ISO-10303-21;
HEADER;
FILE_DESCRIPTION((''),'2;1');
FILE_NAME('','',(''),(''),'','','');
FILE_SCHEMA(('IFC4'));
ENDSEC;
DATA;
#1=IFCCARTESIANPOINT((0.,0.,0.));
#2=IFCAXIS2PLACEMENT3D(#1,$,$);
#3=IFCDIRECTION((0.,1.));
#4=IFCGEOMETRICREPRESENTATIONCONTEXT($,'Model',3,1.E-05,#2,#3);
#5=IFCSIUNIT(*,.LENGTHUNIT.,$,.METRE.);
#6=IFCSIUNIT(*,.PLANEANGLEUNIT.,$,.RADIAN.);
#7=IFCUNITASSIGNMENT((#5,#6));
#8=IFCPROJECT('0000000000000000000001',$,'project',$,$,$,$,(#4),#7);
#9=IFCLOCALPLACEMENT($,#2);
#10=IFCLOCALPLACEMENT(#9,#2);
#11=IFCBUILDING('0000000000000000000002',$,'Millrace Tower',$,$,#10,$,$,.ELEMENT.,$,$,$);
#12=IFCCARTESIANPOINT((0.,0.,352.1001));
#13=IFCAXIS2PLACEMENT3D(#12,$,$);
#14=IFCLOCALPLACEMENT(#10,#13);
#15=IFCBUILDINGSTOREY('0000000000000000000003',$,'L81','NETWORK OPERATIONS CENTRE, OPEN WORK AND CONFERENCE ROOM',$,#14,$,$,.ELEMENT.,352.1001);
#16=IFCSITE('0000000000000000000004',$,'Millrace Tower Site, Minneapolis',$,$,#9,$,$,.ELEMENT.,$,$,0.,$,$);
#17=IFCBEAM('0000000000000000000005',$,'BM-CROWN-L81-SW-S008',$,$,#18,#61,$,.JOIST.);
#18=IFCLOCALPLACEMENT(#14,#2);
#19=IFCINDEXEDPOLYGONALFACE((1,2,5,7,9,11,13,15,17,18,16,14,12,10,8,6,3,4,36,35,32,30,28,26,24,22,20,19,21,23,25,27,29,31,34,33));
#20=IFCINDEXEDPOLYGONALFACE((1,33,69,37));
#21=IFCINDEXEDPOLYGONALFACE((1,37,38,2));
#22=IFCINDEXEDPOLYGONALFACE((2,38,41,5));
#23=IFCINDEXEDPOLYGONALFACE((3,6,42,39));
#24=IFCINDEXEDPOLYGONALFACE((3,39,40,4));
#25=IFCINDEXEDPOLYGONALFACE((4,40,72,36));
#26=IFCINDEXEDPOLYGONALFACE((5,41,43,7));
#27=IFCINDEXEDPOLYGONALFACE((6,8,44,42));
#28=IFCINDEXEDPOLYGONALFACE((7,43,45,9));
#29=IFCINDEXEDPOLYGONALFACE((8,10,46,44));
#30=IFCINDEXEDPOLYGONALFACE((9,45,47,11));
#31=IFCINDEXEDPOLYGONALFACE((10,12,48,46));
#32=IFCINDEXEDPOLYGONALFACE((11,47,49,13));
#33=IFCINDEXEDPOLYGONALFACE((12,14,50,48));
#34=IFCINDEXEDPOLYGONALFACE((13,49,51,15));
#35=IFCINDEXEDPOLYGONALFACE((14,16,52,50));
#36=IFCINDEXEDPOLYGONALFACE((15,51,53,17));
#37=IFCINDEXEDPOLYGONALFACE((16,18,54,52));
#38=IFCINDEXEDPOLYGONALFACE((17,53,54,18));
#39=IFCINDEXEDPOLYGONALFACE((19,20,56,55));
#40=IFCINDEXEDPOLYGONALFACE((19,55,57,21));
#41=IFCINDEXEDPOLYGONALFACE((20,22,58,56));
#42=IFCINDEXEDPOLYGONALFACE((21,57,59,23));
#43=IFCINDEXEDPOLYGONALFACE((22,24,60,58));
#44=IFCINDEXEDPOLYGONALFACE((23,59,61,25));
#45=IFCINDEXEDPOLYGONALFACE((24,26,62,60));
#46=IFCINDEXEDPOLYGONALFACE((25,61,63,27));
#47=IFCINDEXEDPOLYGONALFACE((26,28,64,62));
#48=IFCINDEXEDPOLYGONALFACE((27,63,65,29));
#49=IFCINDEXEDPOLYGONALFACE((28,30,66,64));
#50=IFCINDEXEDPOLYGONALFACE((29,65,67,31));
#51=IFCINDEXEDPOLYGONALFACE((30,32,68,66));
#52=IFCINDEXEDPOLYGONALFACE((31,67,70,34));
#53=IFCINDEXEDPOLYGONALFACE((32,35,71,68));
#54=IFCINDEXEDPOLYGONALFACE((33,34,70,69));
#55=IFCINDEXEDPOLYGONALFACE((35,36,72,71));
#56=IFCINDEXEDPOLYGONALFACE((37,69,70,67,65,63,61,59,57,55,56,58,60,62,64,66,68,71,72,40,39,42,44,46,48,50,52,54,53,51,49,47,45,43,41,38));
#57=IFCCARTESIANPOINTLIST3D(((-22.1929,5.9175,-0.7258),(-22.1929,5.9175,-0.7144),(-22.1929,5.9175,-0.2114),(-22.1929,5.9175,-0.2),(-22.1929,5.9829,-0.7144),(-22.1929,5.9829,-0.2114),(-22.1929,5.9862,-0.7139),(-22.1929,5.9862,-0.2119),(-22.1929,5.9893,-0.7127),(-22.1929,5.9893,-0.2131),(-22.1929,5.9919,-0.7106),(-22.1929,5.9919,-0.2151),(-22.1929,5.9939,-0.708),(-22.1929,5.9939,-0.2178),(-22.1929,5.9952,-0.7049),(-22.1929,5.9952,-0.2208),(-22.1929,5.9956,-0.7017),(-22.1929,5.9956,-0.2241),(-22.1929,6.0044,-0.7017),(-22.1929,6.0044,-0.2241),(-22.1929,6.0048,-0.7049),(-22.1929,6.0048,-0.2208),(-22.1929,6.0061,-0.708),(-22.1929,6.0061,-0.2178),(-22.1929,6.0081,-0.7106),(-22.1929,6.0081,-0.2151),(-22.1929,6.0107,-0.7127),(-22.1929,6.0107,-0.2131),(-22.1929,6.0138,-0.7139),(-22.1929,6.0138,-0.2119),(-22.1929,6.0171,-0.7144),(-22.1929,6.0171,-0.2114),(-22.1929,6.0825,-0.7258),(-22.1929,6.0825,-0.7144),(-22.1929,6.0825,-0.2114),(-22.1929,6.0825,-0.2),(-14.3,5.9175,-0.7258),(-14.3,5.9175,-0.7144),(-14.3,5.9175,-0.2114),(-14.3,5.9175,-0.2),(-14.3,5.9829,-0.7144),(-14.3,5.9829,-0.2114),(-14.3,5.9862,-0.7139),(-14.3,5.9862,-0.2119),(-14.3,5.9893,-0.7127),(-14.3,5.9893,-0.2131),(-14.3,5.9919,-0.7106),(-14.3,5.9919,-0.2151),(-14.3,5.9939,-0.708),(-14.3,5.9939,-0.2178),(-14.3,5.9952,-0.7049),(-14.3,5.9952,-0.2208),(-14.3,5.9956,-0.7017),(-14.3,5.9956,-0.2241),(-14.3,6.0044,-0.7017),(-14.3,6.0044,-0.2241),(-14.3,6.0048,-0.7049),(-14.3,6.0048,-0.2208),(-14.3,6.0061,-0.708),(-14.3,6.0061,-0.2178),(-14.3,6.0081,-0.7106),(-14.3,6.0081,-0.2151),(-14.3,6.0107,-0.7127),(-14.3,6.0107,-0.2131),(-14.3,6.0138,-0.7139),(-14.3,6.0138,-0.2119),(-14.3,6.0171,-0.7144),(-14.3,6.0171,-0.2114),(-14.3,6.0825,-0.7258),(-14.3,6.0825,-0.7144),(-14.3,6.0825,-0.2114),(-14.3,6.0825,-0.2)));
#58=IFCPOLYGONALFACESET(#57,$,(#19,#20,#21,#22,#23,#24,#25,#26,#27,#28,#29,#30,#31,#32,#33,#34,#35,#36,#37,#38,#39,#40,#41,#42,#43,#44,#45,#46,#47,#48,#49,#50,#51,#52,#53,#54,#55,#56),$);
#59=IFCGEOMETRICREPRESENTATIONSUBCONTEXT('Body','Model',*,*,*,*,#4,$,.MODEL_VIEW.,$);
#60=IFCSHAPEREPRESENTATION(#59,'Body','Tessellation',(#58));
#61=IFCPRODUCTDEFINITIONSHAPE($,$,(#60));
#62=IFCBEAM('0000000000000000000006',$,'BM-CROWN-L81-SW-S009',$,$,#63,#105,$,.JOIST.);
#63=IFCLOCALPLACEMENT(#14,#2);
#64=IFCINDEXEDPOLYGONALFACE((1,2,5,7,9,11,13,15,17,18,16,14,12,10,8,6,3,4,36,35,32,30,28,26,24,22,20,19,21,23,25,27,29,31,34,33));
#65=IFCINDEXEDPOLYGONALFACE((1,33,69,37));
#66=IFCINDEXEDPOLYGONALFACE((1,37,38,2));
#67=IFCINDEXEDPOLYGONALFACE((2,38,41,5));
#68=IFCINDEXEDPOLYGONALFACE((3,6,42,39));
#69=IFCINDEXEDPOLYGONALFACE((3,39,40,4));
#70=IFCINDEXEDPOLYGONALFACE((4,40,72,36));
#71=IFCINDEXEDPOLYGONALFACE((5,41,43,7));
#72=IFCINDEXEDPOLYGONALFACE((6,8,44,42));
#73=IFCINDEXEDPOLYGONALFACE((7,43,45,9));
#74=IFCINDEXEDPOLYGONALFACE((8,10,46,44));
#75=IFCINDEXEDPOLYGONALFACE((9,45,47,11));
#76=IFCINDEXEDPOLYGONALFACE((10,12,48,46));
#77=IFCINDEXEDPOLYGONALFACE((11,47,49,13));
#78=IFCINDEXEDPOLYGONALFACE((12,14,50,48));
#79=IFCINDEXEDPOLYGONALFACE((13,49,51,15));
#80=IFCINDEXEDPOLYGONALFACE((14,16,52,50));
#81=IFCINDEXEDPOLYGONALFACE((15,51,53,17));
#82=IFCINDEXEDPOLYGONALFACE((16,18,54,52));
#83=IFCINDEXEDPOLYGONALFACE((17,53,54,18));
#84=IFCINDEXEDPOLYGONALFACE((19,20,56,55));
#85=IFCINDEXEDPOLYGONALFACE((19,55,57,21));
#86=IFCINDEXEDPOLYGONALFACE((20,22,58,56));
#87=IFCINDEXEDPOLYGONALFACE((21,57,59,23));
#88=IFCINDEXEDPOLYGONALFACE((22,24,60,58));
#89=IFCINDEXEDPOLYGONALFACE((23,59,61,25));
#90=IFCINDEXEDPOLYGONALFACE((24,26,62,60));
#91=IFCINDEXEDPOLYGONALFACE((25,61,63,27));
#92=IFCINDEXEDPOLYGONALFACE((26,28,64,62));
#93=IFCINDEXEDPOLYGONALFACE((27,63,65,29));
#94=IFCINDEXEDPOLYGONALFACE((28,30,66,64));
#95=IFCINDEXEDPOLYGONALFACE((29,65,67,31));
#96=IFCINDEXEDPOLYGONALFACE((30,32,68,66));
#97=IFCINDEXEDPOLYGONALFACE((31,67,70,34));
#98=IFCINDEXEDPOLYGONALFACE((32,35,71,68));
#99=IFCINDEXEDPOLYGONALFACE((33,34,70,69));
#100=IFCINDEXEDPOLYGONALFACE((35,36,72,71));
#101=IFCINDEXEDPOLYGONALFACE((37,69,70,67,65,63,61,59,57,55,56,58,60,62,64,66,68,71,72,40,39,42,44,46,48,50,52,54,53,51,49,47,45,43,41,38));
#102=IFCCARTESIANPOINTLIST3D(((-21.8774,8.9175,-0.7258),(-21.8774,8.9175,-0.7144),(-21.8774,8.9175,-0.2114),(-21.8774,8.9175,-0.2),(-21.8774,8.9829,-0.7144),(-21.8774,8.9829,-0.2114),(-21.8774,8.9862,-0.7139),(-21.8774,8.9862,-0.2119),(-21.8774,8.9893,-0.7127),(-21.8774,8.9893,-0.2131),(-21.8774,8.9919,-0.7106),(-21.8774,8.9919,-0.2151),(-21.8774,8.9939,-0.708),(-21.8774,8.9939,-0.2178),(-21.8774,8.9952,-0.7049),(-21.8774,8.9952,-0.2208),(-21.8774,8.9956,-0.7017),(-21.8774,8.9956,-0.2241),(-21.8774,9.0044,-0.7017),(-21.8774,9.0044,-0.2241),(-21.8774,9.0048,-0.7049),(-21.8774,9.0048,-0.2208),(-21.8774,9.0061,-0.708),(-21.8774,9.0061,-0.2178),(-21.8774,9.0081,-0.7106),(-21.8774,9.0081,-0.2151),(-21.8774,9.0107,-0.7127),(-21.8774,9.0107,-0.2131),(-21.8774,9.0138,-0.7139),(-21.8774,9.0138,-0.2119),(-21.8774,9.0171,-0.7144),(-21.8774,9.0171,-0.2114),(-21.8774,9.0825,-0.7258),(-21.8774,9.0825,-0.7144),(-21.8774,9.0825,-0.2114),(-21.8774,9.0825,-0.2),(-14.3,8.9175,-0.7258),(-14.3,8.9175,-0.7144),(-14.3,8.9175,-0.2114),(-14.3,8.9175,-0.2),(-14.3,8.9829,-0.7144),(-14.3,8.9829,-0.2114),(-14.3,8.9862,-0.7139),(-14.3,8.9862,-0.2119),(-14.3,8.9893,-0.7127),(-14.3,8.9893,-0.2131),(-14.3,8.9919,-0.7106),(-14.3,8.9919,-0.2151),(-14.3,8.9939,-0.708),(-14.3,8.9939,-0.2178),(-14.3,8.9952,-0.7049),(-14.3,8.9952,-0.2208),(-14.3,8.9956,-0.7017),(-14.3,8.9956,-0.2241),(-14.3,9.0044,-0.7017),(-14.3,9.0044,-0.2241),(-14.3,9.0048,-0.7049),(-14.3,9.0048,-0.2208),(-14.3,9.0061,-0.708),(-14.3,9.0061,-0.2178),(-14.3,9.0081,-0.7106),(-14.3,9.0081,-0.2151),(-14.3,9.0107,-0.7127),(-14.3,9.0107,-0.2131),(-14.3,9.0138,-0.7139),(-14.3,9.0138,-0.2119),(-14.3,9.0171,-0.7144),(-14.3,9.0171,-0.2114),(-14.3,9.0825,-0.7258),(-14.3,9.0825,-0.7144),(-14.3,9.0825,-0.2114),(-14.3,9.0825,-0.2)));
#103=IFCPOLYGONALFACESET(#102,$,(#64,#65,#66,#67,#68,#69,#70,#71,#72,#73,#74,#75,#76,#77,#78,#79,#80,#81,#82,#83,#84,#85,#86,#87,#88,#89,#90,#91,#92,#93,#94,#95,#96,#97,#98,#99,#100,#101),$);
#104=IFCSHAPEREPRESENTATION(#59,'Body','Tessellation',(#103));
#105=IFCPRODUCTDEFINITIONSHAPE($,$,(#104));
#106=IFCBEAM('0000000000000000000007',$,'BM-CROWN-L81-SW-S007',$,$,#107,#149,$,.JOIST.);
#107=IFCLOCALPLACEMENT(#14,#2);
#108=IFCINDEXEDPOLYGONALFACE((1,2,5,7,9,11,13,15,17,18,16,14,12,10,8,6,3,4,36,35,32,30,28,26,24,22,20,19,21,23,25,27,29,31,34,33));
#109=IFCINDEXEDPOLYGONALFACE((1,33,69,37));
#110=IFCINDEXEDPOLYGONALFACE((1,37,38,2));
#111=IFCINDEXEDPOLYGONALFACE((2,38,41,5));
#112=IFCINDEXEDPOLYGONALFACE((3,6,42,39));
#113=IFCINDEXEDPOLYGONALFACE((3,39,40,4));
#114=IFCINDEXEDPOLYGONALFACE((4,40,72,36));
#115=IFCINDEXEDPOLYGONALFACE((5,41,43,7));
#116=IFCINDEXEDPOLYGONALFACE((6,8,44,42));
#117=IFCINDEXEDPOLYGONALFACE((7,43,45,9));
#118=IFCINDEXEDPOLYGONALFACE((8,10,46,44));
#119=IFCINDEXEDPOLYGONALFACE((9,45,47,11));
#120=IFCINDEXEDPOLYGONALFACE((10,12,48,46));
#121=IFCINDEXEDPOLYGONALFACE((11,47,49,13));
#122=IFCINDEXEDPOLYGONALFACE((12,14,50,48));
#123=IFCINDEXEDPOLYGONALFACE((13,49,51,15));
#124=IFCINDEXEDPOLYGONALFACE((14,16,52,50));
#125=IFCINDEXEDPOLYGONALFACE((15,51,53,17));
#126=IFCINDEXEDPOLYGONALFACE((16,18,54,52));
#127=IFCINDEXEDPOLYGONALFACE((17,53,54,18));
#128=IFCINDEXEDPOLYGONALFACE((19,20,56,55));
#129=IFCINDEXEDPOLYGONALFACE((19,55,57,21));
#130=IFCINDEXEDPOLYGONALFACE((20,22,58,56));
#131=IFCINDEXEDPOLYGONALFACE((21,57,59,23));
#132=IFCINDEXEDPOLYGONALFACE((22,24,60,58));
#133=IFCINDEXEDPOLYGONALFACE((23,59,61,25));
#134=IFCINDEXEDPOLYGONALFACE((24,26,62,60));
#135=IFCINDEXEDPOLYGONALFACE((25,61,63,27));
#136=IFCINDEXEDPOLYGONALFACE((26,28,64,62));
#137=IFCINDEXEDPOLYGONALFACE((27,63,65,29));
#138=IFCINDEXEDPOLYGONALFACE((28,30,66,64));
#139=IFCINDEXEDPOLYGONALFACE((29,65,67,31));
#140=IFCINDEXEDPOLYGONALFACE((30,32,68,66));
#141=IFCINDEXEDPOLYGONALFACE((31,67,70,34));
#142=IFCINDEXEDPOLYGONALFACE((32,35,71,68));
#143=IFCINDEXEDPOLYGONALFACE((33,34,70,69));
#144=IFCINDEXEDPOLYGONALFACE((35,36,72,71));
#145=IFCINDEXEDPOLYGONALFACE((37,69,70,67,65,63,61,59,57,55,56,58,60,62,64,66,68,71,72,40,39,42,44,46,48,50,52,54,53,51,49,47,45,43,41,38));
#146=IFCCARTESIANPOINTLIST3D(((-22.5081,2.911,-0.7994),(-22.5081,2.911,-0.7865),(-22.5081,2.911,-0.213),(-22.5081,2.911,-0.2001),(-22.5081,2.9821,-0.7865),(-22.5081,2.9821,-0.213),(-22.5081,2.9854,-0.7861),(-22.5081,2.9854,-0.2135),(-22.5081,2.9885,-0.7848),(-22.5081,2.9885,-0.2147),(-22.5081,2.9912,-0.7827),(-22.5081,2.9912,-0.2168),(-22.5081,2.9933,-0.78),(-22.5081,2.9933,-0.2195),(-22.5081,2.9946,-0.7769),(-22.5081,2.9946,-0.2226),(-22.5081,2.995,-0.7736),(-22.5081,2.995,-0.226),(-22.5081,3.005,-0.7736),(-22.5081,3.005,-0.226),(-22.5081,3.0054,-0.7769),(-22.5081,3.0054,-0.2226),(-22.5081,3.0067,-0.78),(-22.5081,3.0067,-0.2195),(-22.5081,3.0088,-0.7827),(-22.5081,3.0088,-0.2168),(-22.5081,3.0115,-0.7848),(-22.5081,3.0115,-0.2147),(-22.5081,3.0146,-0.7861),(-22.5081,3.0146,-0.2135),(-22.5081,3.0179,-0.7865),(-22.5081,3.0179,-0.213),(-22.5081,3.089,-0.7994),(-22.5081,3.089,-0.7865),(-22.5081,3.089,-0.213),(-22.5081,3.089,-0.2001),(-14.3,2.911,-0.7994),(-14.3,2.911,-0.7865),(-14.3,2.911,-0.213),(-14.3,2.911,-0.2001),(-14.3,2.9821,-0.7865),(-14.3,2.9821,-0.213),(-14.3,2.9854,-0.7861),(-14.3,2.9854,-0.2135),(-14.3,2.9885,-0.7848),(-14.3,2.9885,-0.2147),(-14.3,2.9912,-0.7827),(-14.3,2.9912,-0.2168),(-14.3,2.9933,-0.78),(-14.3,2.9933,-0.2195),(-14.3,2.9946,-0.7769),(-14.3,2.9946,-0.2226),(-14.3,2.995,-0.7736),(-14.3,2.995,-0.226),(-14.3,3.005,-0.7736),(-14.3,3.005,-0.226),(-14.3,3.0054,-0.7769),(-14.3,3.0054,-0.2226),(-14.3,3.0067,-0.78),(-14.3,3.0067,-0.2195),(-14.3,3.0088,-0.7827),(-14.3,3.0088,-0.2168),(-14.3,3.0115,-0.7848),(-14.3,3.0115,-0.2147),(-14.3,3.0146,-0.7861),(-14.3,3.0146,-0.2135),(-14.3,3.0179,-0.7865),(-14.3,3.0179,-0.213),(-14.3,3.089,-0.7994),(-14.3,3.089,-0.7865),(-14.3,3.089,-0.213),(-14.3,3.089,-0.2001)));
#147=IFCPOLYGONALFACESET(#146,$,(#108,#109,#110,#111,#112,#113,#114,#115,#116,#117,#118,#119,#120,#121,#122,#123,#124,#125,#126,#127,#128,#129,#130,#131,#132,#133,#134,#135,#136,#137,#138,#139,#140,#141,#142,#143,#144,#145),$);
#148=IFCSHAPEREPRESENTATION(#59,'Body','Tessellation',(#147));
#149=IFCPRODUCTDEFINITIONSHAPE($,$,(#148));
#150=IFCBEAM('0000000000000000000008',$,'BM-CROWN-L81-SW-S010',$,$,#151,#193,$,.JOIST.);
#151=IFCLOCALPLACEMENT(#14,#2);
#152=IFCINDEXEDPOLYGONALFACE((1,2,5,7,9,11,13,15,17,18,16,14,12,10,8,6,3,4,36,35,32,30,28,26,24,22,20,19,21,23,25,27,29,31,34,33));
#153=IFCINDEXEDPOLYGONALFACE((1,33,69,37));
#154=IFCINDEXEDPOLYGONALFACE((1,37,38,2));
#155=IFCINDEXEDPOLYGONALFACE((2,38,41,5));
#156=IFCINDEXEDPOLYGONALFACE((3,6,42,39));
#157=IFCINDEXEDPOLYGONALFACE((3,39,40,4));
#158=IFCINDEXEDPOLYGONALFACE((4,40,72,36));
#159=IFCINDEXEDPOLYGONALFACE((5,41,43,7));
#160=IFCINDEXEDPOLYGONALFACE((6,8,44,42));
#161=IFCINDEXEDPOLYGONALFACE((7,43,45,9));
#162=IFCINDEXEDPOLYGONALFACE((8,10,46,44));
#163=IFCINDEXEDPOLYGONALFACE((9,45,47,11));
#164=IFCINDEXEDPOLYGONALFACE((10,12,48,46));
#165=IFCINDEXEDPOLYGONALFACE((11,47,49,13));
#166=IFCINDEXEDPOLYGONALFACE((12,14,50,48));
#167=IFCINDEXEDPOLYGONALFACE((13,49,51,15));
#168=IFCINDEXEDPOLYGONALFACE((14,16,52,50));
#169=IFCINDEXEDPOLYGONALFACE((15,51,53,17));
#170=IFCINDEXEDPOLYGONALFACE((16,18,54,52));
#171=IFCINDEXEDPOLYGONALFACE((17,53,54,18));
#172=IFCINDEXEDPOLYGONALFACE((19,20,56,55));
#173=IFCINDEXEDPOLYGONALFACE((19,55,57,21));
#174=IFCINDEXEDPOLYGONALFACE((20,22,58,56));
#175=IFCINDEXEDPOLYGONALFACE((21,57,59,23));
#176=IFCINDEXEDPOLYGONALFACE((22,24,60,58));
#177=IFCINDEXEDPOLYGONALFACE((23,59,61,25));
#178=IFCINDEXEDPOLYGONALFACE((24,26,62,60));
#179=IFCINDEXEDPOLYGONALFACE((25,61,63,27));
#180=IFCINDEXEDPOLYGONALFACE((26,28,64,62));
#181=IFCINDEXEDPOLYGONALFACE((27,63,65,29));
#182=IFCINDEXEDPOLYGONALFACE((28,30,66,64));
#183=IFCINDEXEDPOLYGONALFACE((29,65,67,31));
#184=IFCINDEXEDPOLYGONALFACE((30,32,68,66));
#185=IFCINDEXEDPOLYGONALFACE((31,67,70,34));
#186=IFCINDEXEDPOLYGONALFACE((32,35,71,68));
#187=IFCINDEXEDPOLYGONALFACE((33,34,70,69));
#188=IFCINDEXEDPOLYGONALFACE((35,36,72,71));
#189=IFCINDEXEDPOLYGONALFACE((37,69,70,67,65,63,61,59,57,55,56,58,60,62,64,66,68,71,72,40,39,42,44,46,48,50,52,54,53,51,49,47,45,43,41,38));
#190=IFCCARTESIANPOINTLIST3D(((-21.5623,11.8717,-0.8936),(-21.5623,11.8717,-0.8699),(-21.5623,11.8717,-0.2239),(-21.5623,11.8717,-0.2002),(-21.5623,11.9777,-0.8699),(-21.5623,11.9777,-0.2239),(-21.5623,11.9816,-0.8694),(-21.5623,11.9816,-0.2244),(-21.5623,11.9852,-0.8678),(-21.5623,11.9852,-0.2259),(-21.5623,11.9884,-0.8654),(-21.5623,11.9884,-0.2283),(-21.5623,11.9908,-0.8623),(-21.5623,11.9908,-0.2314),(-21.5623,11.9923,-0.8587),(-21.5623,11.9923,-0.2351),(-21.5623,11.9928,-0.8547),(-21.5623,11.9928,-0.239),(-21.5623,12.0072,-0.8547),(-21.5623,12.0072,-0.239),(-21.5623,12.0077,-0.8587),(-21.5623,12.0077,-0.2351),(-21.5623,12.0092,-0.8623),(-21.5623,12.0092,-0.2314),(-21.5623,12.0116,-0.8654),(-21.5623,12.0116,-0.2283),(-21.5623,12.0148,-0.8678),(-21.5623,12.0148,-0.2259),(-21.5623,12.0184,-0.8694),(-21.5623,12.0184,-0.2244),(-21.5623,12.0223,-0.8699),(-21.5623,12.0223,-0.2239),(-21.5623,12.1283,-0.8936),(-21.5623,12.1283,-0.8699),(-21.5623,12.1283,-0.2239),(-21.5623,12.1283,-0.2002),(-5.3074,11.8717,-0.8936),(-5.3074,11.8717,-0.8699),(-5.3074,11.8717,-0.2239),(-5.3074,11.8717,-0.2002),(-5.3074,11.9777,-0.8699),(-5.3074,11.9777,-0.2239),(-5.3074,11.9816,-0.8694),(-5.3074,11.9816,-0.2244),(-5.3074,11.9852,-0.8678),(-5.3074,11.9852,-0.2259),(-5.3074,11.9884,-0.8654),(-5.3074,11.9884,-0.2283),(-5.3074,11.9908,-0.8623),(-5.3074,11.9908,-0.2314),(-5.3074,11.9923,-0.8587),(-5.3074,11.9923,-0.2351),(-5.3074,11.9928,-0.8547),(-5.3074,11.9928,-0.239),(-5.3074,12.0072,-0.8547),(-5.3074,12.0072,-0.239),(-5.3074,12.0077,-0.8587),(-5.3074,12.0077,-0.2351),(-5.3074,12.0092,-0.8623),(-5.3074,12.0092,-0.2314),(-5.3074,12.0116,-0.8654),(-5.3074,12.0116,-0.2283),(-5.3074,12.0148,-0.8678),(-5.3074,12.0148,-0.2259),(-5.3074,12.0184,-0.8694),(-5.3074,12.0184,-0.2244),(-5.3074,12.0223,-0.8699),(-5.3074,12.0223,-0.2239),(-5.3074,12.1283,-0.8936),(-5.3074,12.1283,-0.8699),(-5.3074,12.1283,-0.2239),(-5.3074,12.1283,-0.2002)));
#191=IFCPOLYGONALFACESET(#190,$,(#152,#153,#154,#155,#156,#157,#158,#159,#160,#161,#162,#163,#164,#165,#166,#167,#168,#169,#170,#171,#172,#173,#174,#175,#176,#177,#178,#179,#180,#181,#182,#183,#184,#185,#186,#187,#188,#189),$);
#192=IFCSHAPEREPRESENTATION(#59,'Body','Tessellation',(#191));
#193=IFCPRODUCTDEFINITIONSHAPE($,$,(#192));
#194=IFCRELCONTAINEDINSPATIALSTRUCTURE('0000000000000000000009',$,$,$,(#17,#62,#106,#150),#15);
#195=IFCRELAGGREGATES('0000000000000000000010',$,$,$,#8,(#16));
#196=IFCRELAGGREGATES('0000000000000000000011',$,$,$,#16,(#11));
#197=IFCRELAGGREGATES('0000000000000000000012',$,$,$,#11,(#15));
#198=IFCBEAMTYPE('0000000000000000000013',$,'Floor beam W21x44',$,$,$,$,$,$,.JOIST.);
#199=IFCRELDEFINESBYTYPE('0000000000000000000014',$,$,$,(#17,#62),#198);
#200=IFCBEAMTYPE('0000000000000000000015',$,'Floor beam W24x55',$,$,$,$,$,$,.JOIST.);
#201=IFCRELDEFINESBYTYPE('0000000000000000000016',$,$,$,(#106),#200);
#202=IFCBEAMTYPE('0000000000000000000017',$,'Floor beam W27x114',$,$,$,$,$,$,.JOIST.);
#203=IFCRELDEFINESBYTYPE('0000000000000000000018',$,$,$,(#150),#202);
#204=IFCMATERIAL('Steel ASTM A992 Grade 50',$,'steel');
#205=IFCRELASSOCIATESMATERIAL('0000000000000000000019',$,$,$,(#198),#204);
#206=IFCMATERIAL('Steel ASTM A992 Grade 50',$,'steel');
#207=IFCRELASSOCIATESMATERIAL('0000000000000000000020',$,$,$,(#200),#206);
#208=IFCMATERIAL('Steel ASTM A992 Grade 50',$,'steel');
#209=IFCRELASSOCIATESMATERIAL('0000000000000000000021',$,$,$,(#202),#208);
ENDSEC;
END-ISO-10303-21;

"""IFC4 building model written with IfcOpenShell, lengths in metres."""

from ifc_helpers import new_model, si_unit, direction, frame, origin, origin_2d, place, context, subcontext, project, spatial, i_section, extrude, material, material_profile, profile_set, type_object, element, save


model = new_model("IFC4")

# Units and contexts
model_context = context("Model", 3, precision=1e-05, world=origin(), true_north=direction((0.0, 1.0)))
body_context = subcontext(model_context, "Body", "Model", "MODEL_VIEW")
ifc_project = project(units=[si_unit("LENGTHUNIT", "METRE"), si_unit("PLANEANGLEUNIT", "RADIAN")], contexts=[model_context])

# Site, building, storey
site_placement = place(None, origin())
site = spatial("IfcSite", under=ifc_project, at=site_placement, Name="Millrace Tower Site, Minneapolis", CompositionType="ELEMENT", RefElevation=0.0)
building_placement = place(site_placement, origin())
building = spatial("IfcBuilding", under=site, at=building_placement, Name="Millrace Tower", CompositionType="ELEMENT")
storey_placement = place(building_placement, frame((0.0, 0.0, 352.1001)))
storey = spatial("IfcBuildingStorey", under=building, at=storey_placement, Name="L81", Description="NETWORK OPERATIONS CENTRE, OPEN WORK AND CONFERENCE ROOM", CompositionType="ELEMENT", Elevation=352.1001)

# Beams
ifc_material_1 = material(Name="Steel ASTM A992 Grade 50", Category="steel")
ifc_material_profile_1 = material_profile(ifc_material_1, i_section(OverallWidth=0.165, OverallDepth=0.5259, WebThickness=0.0088, FlangeThickness=0.0115, FilletRadius=0.0127, at=origin_2d()))
ifc_profile_set_1 = profile_set([ifc_material_profile_1], Name="Steel ASTM A992 Grade 50")
beam_type_1 = type_object("IfcBeamType", Name="Floor beam W21x44", PredefinedType="JOIST", material=ifc_profile_set_1)
beam_1_placement = place(storey_placement, frame((-22.1929, 6.0, -0.4629), z_axis=(1.0, 0.0, 0.0), x_axis=(0.0, 1.0, 0.0)))
element("IfcBeam", 1, at=beam_1_placement, inside=storey, type_object=beam_type_1, Name="BM-CROWN-L81-SW-S008", PredefinedType="JOIST", context=body_context, shape_type="SweptSolid", body=[
    extrude(i_section(OverallWidth=0.165, OverallDepth=0.5259, WebThickness=0.0088, FlangeThickness=0.0115, FilletRadius=0.0127, at=origin_2d()), origin(), (0.0, 0.0, 1.0), 7.8928),
])
beam_2_placement = place(storey_placement, frame((-21.8774, 9.0, -0.4629), z_axis=(1.0, 0.0, 0.0), x_axis=(0.0, 1.0, 0.0)))
element("IfcBeam", 2, at=beam_2_placement, inside=storey, type_object=beam_type_1, Name="BM-CROWN-L81-SW-S009", PredefinedType="JOIST", context=body_context, shape_type="SweptSolid", body=[
    extrude(i_section(OverallWidth=0.165, OverallDepth=0.5259, WebThickness=0.0088, FlangeThickness=0.0115, FilletRadius=0.0127, at=origin_2d()), origin(), (0.0, 0.0, 1.0), 7.5774),
])
ifc_material_2 = material(Name="Steel ASTM A992 Grade 50", Category="steel")
ifc_material_profile_2 = material_profile(ifc_material_2, i_section(OverallWidth=0.178, OverallDepth=0.5994, WebThickness=0.01, FlangeThickness=0.0129, FilletRadius=0.0129, at=origin_2d()))
ifc_profile_set_2 = profile_set([ifc_material_profile_2], Name="Steel ASTM A992 Grade 50")
beam_type_2 = type_object("IfcBeamType", Name="Floor beam W24x55", PredefinedType="JOIST", material=ifc_profile_set_2)
beam_3_placement = place(storey_placement, frame((-22.5081, 3.0, -0.4998), z_axis=(1.0, 0.0, 0.0), x_axis=(0.0, 1.0, 0.0)))
element("IfcBeam", 3, at=beam_3_placement, inside=storey, type_object=beam_type_2, Name="BM-CROWN-L81-SW-S007", PredefinedType="JOIST", context=body_context, shape_type="SweptSolid", body=[
    extrude(i_section(OverallWidth=0.178, OverallDepth=0.5994, WebThickness=0.01, FlangeThickness=0.0129, FilletRadius=0.0129, at=origin_2d()), origin(), (0.0, 0.0, 1.0), 8.208),
])
ifc_material_3 = material(Name="Steel ASTM A992 Grade 50", Category="steel")
ifc_material_profile_3 = material_profile(ifc_material_3, i_section(OverallWidth=0.2566, OverallDepth=0.6934, WebThickness=0.0144, FlangeThickness=0.0237, FilletRadius=0.0151, at=origin_2d()))
ifc_profile_set_3 = profile_set([ifc_material_profile_3], Name="Steel ASTM A992 Grade 50")
beam_type_3 = type_object("IfcBeamType", Name="Floor beam W27x114", PredefinedType="JOIST", material=ifc_profile_set_3)
beam_4_placement = place(storey_placement, frame((-21.5623, 12.0, -0.5469), z_axis=(1.0, 0.0, 0.0), x_axis=(0.0, 1.0, 0.0)))
element("IfcBeam", 4, at=beam_4_placement, inside=storey, type_object=beam_type_3, Name="BM-CROWN-L81-SW-S010", PredefinedType="JOIST", context=body_context, shape_type="SweptSolid", body=[
    extrude(i_section(OverallWidth=0.2566, OverallDepth=0.6934, WebThickness=0.0144, FlangeThickness=0.0237, FilletRadius=0.0151, at=origin_2d()), origin(), (0.0, 0.0, 1.0), 16.2549),
])

save(model, "model.ifc")
